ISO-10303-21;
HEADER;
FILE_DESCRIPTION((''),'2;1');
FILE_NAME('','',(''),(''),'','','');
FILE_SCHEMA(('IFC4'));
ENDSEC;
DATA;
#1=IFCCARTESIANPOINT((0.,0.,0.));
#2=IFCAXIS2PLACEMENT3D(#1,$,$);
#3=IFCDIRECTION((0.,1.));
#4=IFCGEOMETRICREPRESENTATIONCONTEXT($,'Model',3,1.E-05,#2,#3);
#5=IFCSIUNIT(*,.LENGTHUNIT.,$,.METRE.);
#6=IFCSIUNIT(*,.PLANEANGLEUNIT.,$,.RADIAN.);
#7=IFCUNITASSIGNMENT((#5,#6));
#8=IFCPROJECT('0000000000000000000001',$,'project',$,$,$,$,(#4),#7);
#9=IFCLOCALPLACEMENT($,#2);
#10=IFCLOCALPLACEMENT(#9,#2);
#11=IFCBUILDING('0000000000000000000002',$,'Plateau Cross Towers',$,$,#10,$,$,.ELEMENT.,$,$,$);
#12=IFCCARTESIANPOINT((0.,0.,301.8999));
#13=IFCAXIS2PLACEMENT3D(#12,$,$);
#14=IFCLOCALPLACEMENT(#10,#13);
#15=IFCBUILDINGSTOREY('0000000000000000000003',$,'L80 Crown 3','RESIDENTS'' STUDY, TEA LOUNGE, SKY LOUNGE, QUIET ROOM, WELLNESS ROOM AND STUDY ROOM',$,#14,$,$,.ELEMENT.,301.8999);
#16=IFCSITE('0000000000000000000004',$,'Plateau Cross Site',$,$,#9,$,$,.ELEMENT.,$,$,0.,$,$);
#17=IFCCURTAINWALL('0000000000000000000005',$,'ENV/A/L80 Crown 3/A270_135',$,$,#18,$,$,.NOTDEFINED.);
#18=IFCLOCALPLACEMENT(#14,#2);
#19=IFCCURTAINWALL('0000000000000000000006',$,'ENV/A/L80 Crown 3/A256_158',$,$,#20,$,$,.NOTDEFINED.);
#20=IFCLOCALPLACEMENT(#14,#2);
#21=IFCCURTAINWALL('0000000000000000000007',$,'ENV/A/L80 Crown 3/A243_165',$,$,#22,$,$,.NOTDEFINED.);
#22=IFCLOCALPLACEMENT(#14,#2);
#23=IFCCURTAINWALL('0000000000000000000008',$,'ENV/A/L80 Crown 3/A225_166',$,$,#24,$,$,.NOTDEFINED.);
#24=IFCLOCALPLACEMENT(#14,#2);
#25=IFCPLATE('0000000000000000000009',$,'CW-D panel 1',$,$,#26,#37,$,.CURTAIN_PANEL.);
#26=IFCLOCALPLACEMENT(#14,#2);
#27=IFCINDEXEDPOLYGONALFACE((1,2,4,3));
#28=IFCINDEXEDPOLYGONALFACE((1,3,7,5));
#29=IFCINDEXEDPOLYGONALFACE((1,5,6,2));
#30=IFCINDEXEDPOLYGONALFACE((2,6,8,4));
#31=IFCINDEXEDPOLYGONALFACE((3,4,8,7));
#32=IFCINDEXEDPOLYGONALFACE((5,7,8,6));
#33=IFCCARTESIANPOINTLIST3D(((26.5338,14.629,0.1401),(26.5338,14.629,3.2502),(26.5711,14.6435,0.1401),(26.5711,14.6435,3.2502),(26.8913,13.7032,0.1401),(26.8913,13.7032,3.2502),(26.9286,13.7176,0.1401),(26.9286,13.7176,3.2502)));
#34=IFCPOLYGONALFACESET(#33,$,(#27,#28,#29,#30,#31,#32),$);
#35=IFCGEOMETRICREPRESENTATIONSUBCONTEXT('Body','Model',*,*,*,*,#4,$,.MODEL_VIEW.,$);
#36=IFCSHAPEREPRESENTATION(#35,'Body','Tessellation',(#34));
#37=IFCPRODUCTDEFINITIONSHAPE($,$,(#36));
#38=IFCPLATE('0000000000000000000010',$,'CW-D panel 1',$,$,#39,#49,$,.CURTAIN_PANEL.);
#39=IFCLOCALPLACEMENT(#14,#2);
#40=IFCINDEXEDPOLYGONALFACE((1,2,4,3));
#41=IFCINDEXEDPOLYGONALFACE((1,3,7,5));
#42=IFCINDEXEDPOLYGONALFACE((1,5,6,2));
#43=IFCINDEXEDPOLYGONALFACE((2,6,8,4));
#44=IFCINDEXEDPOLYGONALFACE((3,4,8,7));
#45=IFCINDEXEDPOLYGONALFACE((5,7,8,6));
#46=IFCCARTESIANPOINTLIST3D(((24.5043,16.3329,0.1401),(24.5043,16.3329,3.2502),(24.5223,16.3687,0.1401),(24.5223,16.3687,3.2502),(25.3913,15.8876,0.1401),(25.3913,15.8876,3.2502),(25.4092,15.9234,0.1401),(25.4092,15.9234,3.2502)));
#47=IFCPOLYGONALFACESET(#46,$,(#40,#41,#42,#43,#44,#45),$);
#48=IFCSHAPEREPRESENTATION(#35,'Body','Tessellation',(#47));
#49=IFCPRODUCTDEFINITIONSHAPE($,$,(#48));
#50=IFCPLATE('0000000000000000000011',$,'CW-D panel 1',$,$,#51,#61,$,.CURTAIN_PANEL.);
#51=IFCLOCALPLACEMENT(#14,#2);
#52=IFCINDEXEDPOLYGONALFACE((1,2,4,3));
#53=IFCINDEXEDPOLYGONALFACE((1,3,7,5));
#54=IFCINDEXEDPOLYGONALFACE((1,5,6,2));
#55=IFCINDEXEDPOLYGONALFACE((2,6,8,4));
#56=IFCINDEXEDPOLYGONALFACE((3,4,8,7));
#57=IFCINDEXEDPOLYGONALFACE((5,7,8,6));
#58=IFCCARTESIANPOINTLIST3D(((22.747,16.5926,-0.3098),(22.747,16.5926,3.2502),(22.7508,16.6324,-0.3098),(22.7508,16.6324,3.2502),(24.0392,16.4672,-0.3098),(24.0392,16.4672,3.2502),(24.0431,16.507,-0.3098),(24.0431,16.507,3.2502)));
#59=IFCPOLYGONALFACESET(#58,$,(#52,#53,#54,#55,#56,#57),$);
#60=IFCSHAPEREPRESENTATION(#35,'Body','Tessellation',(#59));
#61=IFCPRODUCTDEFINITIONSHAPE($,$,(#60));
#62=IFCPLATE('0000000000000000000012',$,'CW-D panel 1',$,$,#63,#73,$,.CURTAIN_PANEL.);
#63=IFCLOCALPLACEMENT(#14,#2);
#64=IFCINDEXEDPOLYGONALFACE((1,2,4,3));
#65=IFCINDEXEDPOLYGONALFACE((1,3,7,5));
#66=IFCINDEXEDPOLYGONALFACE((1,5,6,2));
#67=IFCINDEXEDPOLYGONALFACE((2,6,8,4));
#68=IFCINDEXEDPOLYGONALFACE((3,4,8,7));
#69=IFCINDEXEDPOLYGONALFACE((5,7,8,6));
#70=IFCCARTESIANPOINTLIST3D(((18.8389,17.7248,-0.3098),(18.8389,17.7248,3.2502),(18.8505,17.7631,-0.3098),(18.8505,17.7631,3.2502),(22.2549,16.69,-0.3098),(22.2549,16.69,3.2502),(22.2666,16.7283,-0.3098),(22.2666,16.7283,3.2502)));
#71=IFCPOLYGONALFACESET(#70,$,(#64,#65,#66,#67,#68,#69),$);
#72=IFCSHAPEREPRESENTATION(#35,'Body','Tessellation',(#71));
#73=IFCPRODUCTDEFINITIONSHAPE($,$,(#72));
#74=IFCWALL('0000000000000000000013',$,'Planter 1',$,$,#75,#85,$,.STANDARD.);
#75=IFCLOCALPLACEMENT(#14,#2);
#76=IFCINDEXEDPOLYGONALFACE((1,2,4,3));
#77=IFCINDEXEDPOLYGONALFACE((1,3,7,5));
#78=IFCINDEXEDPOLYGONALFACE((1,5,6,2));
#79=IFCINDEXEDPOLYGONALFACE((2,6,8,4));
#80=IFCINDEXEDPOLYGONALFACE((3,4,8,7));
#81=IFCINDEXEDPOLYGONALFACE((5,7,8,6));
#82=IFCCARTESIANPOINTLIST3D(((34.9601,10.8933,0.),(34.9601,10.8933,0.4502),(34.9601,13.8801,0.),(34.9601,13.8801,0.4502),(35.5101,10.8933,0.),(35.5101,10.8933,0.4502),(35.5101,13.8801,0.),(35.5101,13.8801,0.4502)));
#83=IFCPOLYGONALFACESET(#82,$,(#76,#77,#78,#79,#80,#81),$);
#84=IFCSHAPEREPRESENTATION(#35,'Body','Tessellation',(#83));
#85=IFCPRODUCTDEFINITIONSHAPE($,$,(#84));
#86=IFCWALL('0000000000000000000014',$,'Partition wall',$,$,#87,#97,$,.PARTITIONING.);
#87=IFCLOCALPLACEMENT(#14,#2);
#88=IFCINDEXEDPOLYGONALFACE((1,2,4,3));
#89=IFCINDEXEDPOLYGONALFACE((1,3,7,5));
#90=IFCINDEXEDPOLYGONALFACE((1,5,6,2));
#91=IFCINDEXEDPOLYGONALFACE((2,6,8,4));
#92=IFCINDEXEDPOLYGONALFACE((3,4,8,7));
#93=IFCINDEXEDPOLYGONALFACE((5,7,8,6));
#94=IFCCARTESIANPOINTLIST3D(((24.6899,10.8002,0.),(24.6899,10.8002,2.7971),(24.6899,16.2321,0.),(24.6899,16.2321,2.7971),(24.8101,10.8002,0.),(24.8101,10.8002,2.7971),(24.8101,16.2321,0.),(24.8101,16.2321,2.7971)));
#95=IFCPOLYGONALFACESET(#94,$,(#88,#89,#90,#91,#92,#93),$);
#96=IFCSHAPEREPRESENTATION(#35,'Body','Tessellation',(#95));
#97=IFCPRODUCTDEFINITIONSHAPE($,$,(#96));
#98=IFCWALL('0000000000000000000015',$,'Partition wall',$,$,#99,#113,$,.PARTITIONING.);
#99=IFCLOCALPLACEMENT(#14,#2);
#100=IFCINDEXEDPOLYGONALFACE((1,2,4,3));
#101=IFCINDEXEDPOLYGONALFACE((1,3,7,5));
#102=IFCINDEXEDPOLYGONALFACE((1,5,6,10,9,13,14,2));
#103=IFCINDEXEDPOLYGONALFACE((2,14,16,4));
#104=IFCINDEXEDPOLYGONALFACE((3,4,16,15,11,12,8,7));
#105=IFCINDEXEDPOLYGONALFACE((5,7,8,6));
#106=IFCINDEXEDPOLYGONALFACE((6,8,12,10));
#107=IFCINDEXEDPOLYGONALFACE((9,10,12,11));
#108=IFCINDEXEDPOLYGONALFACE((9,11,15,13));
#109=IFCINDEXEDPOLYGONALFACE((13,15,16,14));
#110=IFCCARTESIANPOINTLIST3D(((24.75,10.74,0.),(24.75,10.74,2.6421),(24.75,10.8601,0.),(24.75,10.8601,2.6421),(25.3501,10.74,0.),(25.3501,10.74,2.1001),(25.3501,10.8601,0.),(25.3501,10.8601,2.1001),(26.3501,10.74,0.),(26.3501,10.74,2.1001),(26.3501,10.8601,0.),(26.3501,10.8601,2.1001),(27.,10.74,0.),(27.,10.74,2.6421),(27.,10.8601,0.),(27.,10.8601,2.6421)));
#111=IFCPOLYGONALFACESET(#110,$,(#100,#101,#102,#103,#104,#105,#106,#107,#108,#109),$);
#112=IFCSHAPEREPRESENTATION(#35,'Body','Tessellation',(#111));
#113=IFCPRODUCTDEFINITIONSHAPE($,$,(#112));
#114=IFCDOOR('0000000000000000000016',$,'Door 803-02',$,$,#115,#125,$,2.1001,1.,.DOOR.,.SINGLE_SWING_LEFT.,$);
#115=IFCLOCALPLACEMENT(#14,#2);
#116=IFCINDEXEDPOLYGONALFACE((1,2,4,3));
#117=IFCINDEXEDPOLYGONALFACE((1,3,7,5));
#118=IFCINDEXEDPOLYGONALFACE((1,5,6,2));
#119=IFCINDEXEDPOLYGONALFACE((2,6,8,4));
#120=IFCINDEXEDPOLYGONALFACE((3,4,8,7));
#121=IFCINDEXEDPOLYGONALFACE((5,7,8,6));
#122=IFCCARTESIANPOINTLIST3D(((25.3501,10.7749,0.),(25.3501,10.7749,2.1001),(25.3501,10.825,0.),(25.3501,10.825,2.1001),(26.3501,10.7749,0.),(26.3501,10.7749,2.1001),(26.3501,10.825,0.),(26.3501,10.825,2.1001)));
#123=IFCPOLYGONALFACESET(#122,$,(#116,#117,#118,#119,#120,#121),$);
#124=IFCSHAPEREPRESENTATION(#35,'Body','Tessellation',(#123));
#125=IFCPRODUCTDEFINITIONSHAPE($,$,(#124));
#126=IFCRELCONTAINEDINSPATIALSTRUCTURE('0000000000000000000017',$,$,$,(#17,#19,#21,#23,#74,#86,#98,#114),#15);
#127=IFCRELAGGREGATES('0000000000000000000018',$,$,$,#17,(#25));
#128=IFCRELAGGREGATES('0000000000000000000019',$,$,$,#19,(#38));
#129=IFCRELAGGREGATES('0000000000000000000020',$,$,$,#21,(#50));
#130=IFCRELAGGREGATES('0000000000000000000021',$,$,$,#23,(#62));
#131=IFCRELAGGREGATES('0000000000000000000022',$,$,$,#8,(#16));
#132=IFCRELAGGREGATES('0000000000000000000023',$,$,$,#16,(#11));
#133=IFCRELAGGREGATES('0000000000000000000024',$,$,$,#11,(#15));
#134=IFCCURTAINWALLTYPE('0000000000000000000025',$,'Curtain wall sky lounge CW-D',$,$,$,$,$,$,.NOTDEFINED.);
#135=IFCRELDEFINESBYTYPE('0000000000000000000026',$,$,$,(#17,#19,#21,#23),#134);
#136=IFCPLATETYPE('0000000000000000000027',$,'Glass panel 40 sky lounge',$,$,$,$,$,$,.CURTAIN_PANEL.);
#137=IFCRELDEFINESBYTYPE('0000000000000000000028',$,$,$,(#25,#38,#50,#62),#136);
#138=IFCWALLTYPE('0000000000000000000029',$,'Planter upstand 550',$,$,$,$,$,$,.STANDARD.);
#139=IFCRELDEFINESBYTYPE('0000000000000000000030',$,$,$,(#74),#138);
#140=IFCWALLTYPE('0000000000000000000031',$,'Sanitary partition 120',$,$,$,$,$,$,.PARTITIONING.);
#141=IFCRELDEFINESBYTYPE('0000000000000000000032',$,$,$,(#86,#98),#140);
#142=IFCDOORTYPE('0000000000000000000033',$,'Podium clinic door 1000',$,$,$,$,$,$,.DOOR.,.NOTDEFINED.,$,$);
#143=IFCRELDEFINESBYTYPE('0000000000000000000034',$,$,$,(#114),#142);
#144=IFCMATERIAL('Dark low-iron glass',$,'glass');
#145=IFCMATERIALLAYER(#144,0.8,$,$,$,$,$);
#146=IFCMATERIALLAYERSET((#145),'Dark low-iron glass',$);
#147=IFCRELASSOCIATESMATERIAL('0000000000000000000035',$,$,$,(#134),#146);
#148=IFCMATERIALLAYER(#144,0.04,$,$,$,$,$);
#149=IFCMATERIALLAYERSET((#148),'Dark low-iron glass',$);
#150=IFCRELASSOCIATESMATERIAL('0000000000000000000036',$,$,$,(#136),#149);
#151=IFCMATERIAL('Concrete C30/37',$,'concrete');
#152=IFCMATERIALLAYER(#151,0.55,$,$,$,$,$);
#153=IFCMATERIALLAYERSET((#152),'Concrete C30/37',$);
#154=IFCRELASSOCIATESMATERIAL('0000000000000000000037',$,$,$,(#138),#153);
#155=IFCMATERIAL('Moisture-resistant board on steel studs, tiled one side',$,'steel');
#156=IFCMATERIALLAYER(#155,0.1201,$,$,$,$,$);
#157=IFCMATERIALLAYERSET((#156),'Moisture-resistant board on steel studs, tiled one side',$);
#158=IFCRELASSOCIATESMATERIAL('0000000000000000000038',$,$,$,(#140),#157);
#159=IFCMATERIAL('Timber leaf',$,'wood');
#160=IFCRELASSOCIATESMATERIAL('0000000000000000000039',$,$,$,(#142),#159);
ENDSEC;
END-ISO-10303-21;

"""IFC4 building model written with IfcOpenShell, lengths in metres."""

from ifc_helpers import new_model, si_unit, direction, frame, frame_2d, origin, origin_2d, place, context, subcontext, project, spatial, rectangle, extrude, material, layer, layer_set, type_object, element, fill, aggregate, save


model = new_model("IFC4")

# Units and contexts
model_context = context("Model", 3, precision=1e-05, world=origin(), true_north=direction((0.0, 1.0)))
body_context = subcontext(model_context, "Body", "Model", "MODEL_VIEW")
ifc_project = project(units=[si_unit("LENGTHUNIT", "METRE"), si_unit("PLANEANGLEUNIT", "RADIAN")], contexts=[model_context])

# Site, building, storey
site_placement = place(None, origin())
site = spatial("IfcSite", under=ifc_project, at=site_placement, Name="Plateau Cross Site", CompositionType="ELEMENT", RefElevation=0.0)
building_placement = place(site_placement, origin())
building = spatial("IfcBuilding", under=site, at=building_placement, Name="Plateau Cross Towers", CompositionType="ELEMENT")
storey_placement = place(building_placement, frame((0.0, 0.0, 301.8999)))
storey = spatial("IfcBuildingStorey", under=building, at=storey_placement, Name="L80 Crown 3", Description="RESIDENTS' STUDY, TEA LOUNGE, SKY LOUNGE, QUIET ROOM, WELLNESS ROOM AND STUDY ROOM", CompositionType="ELEMENT", Elevation=301.8999)

# Curtain wall
ifc_material_1 = material(Name="Dark low-iron glass", Category="glass")
ifc_layer_1 = layer(ifc_material_1, 0.8)
ifc_layer_set_1 = layer_set([ifc_layer_1], Name="Dark low-iron glass")
curtain_wall_type = type_object("IfcCurtainWallType", Name="Curtain wall sky lounge CW-D", PredefinedType="NOTDEFINED", material=ifc_layer_set_1)
curtain_wall_1_placement = place(storey_placement, origin())
curtain_wall_1 = element("IfcCurtainWall", 1, at=curtain_wall_1_placement, inside=storey, type_object=curtain_wall_type, Name="ENV/A/L80 Crown 3/A270_135", PredefinedType="NOTDEFINED")

# Curtain walls
curtain_wall_2_placement = place(storey_placement, origin())
curtain_wall_2 = element("IfcCurtainWall", 2, at=curtain_wall_2_placement, inside=storey, type_object=curtain_wall_type, Name="ENV/A/L80 Crown 3/A256_158", PredefinedType="NOTDEFINED")
curtain_wall_3_placement = place(storey_placement, origin())
curtain_wall_3 = element("IfcCurtainWall", 3, at=curtain_wall_3_placement, inside=storey, type_object=curtain_wall_type, Name="ENV/A/L80 Crown 3/A243_165", PredefinedType="NOTDEFINED")
curtain_wall_4_placement = place(storey_placement, origin())
curtain_wall_4 = element("IfcCurtainWall", 4, at=curtain_wall_4_placement, inside=storey, type_object=curtain_wall_type, Name="ENV/A/L80 Crown 3/A225_166", PredefinedType="NOTDEFINED")

# Plates
ifc_layer_2 = layer(ifc_material_1, 0.04)
ifc_layer_set_2 = layer_set([ifc_layer_2], Name="Dark low-iron glass")
plate_type = type_object("IfcPlateType", Name="Glass panel 40 sky lounge", PredefinedType="CURTAIN_PANEL", material=ifc_layer_set_2)
plate_1_placement = place(storey_placement, frame((26.7312, 14.1733, 0.1401), z_axis=(0.0, 0.0, 1.0), x_axis=(-0.360226, 0.932865, 0.0)))
plate_1 = element("IfcPlate", 5, at=plate_1_placement, type_object=plate_type, Name="CW-D panel 1", PredefinedType="CURTAIN_PANEL", context=body_context, shape_type="SweptSolid", body=[
    extrude(rectangle(XDim=0.9924, YDim=0.04, at=origin_2d()), origin(), (0.0, 0.0, 1.0), 3.1101),
])
aggregate(curtain_wall_1, [plate_1])
plate_2_placement = place(storey_placement, frame((24.9568, 16.1282, 0.1401), z_axis=(0.0, 0.0, 1.0), x_axis=(-0.893702, 0.448661, 0.0)))
plate_2 = element("IfcPlate", 6, at=plate_2_placement, type_object=plate_type, Name="CW-D panel 1", PredefinedType="CURTAIN_PANEL", context=body_context, shape_type="SweptSolid", body=[
    extrude(rectangle(XDim=0.9924, YDim=0.04, at=origin_2d()), origin(), (0.0, 0.0, 1.0), 3.1101),
])
aggregate(curtain_wall_2, [plate_2])
plate_3_placement = place(storey_placement, frame((23.395, 16.5498, -0.3098), z_axis=(0.0, 0.0, 1.0), x_axis=(-0.995323, 0.096606, 0.0)))
plate_3 = element("IfcPlate", 7, at=plate_3_placement, type_object=plate_type, Name="CW-D panel 1", PredefinedType="CURTAIN_PANEL", context=body_context, shape_type="SweptSolid", body=[
    extrude(rectangle(XDim=1.2983, YDim=0.04, at=origin_2d()), origin(), (0.0, 0.0, 1.0), 3.5601),
])
aggregate(curtain_wall_3, [plate_3])
plate_4_placement = place(storey_placement, frame((20.5527, 17.2266, -0.3098), z_axis=(0.0, 0.0, 1.0), x_axis=(-0.957048, 0.289928, 0.0)))
plate_4 = element("IfcPlate", 8, at=plate_4_placement, type_object=plate_type, Name="CW-D panel 1", PredefinedType="CURTAIN_PANEL", context=body_context, shape_type="SweptSolid", body=[
    extrude(rectangle(XDim=3.5693, YDim=0.04, at=origin_2d()), origin(), (0.0, 0.0, 1.0), 3.5601),
])
aggregate(curtain_wall_4, [plate_4])

# Walls
ifc_material_2 = material(Name="Concrete C30/37", Category="concrete")
ifc_layer_3 = layer(ifc_material_2, 0.55)
ifc_layer_set_3 = layer_set([ifc_layer_3], Name="Concrete C30/37")
wall_type_1 = type_object("IfcWallType", Name="Planter upstand 550", PredefinedType="STANDARD", material=ifc_layer_set_3)
wall_1_placement = place(storey_placement, frame((35.2351, 13.8801, 0.0), z_axis=(0.0, 0.0, 1.0), x_axis=(0.0, -1.0, 0.0)))
element("IfcWall", 9, at=wall_1_placement, inside=storey, type_object=wall_type_1, Name="Planter 1", PredefinedType="STANDARD", context=body_context, shape_type="SweptSolid", body=[
    extrude(rectangle(XDim=2.9868, YDim=0.55, at=frame_2d((1.4934, 0.0))), origin(), (0.0, 0.0, 1.0), 0.4502),
])
ifc_material_3 = material(Name="Moisture-resistant board on steel studs, tiled one side", Category="steel")
ifc_layer_4 = layer(ifc_material_3, 0.1201)
ifc_layer_set_4 = layer_set([ifc_layer_4], Name="Moisture-resistant board on steel studs, tiled one side")
wall_type_2 = type_object("IfcWallType", Name="Sanitary partition 120", PredefinedType="PARTITIONING", material=ifc_layer_set_4)
wall_2_placement = place(storey_placement, frame((24.75, 16.2319, 0.0), z_axis=(0.0, 0.0, 1.0), x_axis=(0.0, -1.0, 0.0)))
element("IfcWall", 10, at=wall_2_placement, inside=storey, type_object=wall_type_2, Name="Partition wall", PredefinedType="PARTITIONING", context=body_context, shape_type="SweptSolid", body=[
    extrude(rectangle(XDim=5.4319, YDim=0.1201, at=frame_2d((2.7158, 0.0))), origin(), (0.0, 0.0, 1.0), 2.7971),
])

# Wall, opening, door
wall_3_placement = place(storey_placement, frame((24.75, 10.8, 0.0), z_axis=(0.0, 0.0, 1.0), x_axis=(1.0, 0.0, 0.0)))
wall_3 = element("IfcWall", 11, at=wall_3_placement, inside=storey, type_object=wall_type_2, Name="Partition wall", PredefinedType="PARTITIONING", context=body_context, shape_type="SweptSolid", body=[
    extrude(rectangle(XDim=2.25, YDim=0.1201, at=frame_2d((1.125, 0.0))), origin(), (0.0, 0.0, 1.0), 2.6421),
])
opening_1_placement = place(wall_3_placement, frame((0.6001, 0.0, 0.0)))
opening_1 = element("IfcOpeningElement", 12, at=opening_1_placement, cuts=wall_3, PredefinedType="OPENING", context=body_context, shape_type="SweptSolid", body=[
    extrude(rectangle(XDim=1.0, YDim=2.1001, at=frame_2d((0.5, 1.05))), frame((0.0, 0.0701, 0.0), z_axis=(0.0, -1.0, 0.0), x_axis=(1.0, 0.0, 0.0)), (0.0, 0.0, 1.0), 0.1401),
])
ifc_material_4 = material(Name="Timber leaf", Category="wood")
door_type_1 = type_object("IfcDoorType", Name="Podium clinic door 1000", OperationType="NOTDEFINED", PredefinedType="DOOR", material=ifc_material_4)
door_1_placement = place(opening_1_placement, origin())
door_1 = element("IfcDoor", 13, at=door_1_placement, inside=storey, type_object=door_type_1, Name="Door 803-02", OperationType="SINGLE_SWING_LEFT", OverallHeight=2.1001, OverallWidth=1.0, PredefinedType="DOOR", context=body_context, shape_type="SweptSolid", body=[
    extrude(rectangle(XDim=1.0, YDim=2.1001, at=frame_2d((0.5, 1.05))), frame((0.0, 0.0249, 0.0), z_axis=(0.0, -1.0, 0.0), x_axis=(1.0, 0.0, 0.0)), (0.0, 0.0, 1.0), 0.05),
])
fill(opening_1, door_1)

save(model, "model.ifc")
